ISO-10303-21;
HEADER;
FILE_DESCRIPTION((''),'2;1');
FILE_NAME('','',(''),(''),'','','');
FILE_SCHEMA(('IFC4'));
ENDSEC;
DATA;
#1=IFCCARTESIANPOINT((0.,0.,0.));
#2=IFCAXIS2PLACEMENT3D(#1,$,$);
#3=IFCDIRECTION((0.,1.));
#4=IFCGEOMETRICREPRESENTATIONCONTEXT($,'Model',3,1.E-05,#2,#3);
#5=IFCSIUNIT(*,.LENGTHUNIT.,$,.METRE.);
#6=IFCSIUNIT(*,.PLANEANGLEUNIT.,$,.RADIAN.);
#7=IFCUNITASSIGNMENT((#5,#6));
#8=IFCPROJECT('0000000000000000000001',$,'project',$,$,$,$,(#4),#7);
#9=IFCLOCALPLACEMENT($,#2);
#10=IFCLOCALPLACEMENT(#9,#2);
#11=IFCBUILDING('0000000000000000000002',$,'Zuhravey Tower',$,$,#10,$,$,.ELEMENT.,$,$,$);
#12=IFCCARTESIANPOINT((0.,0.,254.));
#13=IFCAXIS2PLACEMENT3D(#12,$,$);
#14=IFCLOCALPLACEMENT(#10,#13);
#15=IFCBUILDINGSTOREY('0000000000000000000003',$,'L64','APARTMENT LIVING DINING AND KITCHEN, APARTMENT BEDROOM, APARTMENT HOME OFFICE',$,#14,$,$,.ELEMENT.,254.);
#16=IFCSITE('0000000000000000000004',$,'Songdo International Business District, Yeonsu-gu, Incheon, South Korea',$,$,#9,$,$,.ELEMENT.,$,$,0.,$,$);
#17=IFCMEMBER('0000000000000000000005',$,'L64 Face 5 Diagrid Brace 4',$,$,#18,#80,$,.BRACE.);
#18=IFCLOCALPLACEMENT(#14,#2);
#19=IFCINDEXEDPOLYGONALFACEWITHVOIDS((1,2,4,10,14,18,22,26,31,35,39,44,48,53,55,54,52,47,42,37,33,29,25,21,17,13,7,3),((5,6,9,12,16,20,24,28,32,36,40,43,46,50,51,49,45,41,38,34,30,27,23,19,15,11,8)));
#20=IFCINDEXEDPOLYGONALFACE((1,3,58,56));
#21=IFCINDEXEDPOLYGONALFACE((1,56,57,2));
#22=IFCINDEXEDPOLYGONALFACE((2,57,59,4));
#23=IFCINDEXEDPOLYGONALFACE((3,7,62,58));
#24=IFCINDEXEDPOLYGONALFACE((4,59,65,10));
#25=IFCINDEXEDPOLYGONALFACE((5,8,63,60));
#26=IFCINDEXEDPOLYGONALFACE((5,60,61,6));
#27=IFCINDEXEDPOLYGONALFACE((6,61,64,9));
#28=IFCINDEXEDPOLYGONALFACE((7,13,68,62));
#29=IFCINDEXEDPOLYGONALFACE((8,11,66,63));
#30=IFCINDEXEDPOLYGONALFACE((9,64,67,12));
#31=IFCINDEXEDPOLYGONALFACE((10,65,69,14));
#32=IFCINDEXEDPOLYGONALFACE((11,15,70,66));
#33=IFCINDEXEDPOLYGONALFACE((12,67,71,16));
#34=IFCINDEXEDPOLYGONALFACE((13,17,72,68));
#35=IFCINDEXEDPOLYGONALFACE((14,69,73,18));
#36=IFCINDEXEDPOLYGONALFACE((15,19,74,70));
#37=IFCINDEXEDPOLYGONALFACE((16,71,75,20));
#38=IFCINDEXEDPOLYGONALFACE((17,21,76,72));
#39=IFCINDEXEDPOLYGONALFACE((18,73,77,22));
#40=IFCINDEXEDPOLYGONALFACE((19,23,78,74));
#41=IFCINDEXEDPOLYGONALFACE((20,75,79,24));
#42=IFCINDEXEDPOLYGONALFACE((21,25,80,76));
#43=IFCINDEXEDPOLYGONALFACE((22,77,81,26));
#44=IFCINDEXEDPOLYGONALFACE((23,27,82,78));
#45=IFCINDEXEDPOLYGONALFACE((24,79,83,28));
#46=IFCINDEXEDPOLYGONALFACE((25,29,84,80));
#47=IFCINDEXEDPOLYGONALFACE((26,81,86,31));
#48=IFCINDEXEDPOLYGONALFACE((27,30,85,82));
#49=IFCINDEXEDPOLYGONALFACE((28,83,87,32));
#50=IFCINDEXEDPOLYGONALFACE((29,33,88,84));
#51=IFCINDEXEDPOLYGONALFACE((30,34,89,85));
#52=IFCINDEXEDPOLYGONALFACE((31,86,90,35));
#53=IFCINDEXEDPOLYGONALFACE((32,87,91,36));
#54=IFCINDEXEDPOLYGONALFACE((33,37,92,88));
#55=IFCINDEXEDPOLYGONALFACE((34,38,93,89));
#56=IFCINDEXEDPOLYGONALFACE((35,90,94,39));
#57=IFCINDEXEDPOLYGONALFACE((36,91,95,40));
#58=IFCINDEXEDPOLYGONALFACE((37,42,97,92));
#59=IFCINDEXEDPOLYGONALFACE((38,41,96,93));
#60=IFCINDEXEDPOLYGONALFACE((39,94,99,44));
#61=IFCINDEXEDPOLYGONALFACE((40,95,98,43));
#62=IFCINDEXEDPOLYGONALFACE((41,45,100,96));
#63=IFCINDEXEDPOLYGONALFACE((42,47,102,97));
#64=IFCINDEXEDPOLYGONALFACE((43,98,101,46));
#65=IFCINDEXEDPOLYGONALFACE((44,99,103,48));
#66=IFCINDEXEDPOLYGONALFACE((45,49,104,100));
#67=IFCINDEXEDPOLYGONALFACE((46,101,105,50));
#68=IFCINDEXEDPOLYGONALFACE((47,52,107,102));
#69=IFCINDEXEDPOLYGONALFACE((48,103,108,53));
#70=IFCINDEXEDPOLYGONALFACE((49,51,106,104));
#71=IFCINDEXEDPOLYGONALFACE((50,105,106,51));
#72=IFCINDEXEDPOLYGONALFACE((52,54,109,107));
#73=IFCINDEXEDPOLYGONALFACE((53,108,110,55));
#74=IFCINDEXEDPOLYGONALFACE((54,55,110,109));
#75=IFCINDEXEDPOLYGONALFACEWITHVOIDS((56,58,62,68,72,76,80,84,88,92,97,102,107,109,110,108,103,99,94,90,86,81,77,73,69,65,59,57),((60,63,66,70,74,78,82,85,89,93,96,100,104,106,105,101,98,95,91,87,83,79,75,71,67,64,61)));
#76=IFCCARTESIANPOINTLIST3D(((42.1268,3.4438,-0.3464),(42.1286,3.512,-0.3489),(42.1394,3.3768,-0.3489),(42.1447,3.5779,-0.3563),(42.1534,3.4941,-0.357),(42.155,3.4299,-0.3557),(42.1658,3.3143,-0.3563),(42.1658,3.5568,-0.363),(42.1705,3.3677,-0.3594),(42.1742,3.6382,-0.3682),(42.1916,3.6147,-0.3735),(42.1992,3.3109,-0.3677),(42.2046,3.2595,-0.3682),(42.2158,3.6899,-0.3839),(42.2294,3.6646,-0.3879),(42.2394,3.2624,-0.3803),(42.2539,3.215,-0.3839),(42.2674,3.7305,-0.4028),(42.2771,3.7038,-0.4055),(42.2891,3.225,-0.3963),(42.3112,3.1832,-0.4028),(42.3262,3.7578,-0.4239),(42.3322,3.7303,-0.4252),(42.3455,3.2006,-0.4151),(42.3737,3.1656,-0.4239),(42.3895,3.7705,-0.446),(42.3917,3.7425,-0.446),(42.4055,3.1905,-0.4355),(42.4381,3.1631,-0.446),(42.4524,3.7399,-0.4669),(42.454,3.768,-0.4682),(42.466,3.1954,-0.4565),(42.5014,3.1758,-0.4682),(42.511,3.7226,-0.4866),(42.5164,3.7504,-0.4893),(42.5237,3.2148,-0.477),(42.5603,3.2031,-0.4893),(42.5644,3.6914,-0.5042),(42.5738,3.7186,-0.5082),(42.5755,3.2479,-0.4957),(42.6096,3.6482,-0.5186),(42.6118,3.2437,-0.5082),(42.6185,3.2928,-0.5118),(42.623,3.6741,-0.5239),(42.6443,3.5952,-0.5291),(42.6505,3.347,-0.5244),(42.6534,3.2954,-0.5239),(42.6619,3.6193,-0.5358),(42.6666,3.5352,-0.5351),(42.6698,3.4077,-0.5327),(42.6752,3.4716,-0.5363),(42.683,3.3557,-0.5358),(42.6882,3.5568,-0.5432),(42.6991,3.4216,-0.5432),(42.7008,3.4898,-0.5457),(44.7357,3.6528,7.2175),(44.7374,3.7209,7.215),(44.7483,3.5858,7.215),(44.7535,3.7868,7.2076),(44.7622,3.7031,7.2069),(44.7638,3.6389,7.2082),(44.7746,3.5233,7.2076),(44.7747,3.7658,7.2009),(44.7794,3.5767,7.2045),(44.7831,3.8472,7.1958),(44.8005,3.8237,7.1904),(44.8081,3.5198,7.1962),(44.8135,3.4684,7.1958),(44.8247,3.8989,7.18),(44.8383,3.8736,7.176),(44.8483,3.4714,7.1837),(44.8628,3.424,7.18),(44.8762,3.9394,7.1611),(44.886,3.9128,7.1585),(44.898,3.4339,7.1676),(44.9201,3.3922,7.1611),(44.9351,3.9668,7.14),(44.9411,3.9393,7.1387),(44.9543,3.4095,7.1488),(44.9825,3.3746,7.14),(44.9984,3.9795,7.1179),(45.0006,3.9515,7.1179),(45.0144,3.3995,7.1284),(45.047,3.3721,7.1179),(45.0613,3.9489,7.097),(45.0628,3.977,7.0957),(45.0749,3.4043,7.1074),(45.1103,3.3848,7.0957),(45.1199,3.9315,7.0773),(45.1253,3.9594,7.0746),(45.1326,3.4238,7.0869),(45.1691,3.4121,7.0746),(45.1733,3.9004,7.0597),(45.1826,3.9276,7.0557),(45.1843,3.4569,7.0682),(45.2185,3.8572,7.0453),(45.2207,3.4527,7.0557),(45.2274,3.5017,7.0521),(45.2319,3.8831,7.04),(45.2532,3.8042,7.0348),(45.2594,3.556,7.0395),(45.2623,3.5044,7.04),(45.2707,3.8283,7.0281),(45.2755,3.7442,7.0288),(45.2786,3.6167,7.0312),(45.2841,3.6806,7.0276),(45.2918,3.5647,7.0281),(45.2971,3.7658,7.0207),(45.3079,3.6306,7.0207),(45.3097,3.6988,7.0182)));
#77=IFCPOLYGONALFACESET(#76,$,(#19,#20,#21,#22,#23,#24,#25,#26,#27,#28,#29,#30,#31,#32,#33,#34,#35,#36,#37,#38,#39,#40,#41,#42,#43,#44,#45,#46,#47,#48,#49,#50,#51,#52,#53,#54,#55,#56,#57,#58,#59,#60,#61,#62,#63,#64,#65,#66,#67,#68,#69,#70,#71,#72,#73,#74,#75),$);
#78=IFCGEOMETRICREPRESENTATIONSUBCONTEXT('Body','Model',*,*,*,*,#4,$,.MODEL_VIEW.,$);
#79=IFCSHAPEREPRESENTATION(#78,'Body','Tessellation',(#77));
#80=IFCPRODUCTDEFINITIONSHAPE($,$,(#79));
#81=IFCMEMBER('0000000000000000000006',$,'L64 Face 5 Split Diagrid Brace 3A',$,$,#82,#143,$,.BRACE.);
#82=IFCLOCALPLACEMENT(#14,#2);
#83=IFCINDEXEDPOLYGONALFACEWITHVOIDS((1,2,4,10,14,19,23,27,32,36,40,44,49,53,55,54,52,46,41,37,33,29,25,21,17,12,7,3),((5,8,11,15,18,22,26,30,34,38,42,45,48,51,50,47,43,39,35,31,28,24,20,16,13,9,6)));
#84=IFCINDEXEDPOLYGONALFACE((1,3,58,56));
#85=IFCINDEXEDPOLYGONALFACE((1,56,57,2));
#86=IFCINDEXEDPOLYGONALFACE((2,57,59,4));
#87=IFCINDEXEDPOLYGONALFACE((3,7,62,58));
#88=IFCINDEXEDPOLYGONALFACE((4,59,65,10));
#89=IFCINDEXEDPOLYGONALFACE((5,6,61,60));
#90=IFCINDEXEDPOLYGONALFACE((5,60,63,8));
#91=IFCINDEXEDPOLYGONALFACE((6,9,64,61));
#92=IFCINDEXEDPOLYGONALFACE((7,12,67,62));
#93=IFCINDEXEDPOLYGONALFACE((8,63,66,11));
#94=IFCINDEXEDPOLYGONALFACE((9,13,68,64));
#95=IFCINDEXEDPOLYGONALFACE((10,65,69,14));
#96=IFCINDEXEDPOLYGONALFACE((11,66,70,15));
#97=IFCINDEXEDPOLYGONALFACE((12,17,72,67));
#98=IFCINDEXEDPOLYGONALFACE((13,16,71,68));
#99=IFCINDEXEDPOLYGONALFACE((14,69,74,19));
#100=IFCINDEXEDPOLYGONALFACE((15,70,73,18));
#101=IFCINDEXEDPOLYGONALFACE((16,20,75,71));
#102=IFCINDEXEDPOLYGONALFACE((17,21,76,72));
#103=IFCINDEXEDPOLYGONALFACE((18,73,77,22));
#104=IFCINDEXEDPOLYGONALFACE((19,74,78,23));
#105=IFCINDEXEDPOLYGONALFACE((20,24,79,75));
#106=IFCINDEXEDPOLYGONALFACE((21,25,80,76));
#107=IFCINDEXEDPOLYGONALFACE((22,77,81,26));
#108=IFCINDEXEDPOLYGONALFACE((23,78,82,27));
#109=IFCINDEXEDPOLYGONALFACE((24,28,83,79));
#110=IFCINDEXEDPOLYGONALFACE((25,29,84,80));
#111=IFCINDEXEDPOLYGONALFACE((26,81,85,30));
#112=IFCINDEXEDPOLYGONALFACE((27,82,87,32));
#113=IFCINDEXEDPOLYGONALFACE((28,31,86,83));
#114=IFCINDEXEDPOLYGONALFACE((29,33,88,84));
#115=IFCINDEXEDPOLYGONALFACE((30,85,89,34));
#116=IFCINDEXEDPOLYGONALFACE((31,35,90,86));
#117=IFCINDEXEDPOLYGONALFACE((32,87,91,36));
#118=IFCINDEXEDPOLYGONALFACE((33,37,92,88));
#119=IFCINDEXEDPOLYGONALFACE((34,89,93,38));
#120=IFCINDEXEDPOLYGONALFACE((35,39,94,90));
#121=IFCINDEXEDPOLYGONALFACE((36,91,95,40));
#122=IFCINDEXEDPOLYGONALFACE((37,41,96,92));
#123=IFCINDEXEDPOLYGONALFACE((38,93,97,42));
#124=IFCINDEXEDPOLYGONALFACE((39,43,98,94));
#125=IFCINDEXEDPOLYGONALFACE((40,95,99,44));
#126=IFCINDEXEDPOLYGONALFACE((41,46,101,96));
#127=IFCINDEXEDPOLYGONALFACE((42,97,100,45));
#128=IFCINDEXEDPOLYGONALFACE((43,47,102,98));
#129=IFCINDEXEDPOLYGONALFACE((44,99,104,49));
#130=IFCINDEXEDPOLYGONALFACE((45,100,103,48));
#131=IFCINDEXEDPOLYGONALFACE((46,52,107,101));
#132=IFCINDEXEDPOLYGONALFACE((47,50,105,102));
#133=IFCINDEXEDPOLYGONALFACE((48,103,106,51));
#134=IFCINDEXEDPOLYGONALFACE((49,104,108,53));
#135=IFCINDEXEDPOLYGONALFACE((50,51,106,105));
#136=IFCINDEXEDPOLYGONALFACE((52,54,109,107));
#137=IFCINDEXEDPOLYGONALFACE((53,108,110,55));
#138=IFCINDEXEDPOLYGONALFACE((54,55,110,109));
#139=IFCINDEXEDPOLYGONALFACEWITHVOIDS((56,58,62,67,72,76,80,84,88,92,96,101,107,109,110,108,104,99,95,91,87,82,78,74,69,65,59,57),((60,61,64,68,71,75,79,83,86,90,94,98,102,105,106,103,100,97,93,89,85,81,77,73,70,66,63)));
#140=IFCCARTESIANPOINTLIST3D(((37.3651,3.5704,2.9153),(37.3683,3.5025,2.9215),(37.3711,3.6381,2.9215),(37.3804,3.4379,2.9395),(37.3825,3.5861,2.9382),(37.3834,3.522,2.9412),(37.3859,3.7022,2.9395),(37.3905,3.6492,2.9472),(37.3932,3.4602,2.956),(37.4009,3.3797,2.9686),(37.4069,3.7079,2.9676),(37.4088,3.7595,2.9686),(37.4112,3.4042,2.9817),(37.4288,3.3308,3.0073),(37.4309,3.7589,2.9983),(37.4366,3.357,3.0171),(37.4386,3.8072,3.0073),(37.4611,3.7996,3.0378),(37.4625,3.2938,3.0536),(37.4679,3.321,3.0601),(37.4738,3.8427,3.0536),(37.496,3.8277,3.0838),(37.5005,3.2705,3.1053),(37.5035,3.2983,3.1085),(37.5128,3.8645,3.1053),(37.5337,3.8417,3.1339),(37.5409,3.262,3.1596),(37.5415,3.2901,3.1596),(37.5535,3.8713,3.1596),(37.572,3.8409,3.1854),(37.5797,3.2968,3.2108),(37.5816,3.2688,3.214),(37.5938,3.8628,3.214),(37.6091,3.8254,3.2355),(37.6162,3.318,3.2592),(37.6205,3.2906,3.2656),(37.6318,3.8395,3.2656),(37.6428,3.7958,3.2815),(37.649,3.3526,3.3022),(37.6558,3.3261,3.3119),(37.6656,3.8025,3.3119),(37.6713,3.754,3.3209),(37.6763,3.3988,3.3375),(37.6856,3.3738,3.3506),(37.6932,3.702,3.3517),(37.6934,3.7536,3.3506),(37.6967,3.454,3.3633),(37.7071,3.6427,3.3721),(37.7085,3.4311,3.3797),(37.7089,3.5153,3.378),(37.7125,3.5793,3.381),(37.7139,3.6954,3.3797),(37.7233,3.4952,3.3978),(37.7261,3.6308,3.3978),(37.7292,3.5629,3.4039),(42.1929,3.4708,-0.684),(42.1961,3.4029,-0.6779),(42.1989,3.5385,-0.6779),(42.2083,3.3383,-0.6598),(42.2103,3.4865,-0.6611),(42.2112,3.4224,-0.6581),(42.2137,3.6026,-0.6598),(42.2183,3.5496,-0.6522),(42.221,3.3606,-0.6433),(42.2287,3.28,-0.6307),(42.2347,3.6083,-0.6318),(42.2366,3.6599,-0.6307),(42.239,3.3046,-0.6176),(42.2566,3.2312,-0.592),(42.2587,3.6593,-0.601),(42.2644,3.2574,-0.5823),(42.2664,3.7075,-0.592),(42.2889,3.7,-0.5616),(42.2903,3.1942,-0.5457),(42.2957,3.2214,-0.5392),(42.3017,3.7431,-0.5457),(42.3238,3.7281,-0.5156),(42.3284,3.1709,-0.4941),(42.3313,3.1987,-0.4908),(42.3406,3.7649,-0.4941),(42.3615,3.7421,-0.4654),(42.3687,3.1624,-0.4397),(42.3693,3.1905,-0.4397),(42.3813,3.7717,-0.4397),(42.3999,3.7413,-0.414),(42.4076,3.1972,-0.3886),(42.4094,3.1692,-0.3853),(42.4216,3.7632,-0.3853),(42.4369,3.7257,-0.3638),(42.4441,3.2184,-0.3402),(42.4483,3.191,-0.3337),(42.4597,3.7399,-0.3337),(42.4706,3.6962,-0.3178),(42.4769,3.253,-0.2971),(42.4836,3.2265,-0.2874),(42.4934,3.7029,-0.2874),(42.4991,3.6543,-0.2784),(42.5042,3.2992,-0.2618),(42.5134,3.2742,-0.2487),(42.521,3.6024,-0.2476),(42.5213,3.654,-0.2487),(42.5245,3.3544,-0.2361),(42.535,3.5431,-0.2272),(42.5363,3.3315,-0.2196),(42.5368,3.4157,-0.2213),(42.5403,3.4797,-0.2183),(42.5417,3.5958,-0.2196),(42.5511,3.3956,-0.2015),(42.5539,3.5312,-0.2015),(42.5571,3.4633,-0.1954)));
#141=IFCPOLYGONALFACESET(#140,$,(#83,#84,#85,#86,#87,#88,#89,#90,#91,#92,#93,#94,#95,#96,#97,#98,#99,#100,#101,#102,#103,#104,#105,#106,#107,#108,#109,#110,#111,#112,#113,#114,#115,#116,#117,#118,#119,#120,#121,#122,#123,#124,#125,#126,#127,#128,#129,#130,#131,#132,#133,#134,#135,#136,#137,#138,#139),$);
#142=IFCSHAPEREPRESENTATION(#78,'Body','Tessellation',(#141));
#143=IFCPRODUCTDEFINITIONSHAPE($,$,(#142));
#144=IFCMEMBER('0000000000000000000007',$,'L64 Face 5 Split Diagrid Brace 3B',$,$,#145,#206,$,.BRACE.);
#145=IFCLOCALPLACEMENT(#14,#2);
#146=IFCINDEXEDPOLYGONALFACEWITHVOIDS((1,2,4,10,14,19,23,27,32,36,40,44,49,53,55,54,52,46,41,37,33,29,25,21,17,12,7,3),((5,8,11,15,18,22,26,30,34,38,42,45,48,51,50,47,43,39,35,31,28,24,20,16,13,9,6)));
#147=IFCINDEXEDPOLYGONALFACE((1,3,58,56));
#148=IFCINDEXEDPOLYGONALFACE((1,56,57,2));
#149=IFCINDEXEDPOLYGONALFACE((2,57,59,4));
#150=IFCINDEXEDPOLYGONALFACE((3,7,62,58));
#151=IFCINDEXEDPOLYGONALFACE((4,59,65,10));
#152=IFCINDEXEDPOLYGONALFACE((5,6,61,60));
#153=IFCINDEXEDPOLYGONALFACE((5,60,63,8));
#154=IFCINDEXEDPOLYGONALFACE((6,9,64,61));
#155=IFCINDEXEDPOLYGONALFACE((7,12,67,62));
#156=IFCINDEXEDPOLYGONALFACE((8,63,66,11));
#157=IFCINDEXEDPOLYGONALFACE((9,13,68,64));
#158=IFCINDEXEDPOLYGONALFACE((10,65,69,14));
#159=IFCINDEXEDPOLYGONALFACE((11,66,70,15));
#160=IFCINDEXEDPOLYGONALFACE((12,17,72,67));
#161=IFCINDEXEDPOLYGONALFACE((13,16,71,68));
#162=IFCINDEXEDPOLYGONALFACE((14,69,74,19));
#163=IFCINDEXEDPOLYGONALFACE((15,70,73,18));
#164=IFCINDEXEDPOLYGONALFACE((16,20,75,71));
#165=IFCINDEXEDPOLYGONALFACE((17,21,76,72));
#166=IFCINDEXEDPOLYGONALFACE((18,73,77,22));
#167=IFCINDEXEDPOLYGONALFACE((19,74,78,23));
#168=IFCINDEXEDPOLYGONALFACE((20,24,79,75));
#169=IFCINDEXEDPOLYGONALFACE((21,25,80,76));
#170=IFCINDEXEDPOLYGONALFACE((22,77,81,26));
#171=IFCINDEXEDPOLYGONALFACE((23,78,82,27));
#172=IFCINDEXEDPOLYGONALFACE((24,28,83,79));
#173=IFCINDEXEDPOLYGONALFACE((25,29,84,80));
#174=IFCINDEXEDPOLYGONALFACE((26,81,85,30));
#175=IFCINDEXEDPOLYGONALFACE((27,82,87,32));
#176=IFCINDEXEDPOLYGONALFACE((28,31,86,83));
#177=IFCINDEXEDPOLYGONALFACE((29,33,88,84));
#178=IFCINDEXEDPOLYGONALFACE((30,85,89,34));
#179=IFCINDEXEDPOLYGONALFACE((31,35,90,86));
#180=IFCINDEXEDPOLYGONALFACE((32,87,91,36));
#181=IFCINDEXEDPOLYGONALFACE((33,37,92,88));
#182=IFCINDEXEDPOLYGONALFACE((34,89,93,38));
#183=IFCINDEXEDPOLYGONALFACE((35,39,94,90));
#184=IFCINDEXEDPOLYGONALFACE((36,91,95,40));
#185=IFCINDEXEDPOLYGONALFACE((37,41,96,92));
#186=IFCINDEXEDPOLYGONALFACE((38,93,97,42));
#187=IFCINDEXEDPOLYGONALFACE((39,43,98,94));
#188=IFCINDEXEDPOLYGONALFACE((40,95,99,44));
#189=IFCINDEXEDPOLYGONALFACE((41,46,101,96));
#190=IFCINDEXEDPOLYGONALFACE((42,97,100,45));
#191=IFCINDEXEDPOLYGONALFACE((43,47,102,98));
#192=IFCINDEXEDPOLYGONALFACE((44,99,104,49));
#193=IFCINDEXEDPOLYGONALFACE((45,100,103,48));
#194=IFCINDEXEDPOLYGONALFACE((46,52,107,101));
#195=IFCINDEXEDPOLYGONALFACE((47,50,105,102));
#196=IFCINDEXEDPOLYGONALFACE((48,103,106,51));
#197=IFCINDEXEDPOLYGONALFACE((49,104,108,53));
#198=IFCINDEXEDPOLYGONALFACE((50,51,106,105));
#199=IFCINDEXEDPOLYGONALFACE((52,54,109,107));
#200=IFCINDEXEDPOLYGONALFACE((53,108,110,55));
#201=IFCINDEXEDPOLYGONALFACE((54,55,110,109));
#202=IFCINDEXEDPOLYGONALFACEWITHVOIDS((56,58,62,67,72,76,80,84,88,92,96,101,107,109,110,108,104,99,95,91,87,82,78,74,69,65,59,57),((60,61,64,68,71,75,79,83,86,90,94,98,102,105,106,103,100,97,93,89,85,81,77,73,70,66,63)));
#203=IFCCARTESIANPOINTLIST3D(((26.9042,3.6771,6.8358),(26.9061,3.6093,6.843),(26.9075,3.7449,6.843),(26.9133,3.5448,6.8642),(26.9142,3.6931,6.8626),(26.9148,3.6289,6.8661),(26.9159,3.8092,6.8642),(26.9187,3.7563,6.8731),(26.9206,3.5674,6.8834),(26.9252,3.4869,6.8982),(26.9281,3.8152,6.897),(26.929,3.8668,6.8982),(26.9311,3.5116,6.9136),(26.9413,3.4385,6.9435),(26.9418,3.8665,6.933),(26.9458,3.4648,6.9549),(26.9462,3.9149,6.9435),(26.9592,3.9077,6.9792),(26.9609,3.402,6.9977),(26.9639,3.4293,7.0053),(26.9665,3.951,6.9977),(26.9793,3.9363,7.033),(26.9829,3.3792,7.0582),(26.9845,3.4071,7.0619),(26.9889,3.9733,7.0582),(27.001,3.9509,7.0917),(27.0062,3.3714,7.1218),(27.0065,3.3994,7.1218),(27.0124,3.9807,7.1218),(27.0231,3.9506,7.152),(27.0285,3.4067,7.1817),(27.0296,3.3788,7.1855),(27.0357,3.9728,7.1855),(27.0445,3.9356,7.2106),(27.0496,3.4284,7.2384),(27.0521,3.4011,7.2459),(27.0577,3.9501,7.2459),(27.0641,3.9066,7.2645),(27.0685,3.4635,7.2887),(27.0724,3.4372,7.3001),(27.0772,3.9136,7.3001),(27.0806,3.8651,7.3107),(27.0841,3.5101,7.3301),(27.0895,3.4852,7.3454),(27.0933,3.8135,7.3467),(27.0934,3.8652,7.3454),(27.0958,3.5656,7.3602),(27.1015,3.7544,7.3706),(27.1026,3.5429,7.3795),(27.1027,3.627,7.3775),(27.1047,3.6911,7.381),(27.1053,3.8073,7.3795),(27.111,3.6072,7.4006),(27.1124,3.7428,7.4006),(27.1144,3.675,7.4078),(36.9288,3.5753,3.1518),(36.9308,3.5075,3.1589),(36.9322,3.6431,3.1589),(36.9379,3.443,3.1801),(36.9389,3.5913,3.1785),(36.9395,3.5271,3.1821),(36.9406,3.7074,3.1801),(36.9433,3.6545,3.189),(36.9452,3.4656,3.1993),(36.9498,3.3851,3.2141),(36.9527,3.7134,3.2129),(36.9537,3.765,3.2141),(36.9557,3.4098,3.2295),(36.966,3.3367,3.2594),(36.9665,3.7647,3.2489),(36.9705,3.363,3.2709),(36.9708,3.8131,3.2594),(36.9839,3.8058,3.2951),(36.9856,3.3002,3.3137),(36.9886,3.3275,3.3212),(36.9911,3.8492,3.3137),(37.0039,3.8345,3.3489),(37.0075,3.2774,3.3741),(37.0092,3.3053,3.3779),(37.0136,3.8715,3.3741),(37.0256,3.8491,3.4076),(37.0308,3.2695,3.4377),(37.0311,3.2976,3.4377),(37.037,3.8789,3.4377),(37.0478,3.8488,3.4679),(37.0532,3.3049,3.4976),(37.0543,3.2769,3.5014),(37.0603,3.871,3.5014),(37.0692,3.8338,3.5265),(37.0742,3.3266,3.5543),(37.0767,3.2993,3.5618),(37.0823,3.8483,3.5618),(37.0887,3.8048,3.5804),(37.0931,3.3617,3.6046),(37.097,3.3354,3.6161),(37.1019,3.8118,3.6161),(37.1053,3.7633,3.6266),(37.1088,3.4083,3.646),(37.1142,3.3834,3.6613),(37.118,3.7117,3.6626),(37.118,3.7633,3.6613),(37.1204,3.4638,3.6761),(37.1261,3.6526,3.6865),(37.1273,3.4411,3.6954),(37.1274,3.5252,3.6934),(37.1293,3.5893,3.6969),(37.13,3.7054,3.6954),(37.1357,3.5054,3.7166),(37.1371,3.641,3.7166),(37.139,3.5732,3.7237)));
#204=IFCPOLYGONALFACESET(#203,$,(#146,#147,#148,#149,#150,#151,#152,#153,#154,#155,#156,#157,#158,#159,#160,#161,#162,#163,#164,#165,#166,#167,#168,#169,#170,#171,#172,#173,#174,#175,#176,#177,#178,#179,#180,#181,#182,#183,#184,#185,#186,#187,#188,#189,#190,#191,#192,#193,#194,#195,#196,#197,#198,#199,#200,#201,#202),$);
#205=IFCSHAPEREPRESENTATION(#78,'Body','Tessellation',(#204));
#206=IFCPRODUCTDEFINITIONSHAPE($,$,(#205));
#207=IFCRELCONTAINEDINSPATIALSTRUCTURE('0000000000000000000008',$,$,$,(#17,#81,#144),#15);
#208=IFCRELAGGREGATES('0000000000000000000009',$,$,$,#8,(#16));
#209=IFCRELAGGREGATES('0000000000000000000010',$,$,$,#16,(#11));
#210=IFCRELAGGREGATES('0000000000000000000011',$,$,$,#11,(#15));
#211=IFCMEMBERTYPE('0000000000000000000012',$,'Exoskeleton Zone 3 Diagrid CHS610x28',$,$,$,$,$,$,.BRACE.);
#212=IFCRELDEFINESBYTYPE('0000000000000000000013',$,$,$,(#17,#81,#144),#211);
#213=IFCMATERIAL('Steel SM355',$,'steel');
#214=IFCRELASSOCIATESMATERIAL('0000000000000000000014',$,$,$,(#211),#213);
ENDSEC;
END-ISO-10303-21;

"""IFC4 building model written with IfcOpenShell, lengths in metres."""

from ifc_helpers import new_model, si_unit, direction, frame, origin, origin_2d, place, context, subcontext, project, spatial, hollow_circle, extrude, material, material_profile, profile_set, type_object, element, save


model = new_model("IFC4")

# Units and contexts
model_context = context("Model", 3, precision=1e-05, world=origin(), true_north=direction((0.0, 1.0)))
body_context = subcontext(model_context, "Body", "Model", "MODEL_VIEW")
ifc_project = project(units=[si_unit("LENGTHUNIT", "METRE"), si_unit("PLANEANGLEUNIT", "RADIAN")], contexts=[model_context])

# Site, building, storey
site_placement = place(None, origin())
site = spatial("IfcSite", under=ifc_project, at=site_placement, Name="Songdo International Business District, Yeonsu-gu, Incheon, South Korea", CompositionType="ELEMENT", RefElevation=0.0)
building_placement = place(site_placement, origin())
building = spatial("IfcBuilding", under=site, at=building_placement, Name="Zuhravey Tower", CompositionType="ELEMENT")
storey_placement = place(building_placement, frame((0.0, 0.0, 254.0)))
storey = spatial("IfcBuildingStorey", under=building, at=storey_placement, Name="L64", Description="APARTMENT LIVING DINING AND KITCHEN, APARTMENT BEDROOM, APARTMENT HOME OFFICE", CompositionType="ELEMENT", Elevation=254.0)

# Members
ifc_material_1 = material(Name="Steel SM355", Category="steel")
ifc_material_profile_1 = material_profile(ifc_material_1, hollow_circle(Radius=0.3047, WallThickness=0.0281, at=origin_2d()), Name="CHS-609.6x28")
ifc_profile_set_1 = profile_set([ifc_material_profile_1], Name="Steel SM355")
member_type_1 = type_object("IfcMemberType", Name="Exoskeleton Zone 3 Diagrid CHS610x28", PredefinedType="BRACE", material=ifc_profile_set_1)
member_1_placement = place(storey_placement, frame((42.4138, 3.4668, -0.446), z_axis=(0.325949, 0.02611, 0.945027), x_axis=(-0.079849, 0.996807, 0.0)))
element("IfcMember", 1, at=member_1_placement, inside=storey, type_object=member_type_1, Name="L64 Face 5 Diagrid Brace 4", PredefinedType="BRACE", context=body_context, shape_type="SweptSolid", body=[
    extrude(hollow_circle(Radius=0.3047, WallThickness=0.0281, at=origin_2d()), origin(), (0.0, 0.0, 1.0), 8.0039),
])
member_2_placement = place(storey_placement, frame((42.375, 3.467, -0.4397), z_axis=(-0.801604, 0.016539, 0.597626), x_axis=(-0.020628, -0.999787, 0.0)))
element("IfcMember", 2, at=member_2_placement, inside=storey, type_object=member_type_1, Name="L64 Face 5 Split Diagrid Brace 3A", PredefinedType="BRACE", context=body_context, shape_type="SweptSolid", body=[
    extrude(hollow_circle(Radius=0.3047, WallThickness=0.0281, at=origin_2d()), origin(), (0.0, 0.0, 1.0), 6.0227),
])
member_3_placement = place(storey_placement, frame((37.0339, 3.5742, 3.4377), z_axis=(-0.93858, 0.009532, 0.34493), x_axis=(-0.010155, -0.999948, 0.0)))
element("IfcMember", 3, at=member_3_placement, inside=storey, type_object=member_type_1, Name="L64 Face 5 Split Diagrid Brace 3B", PredefinedType="BRACE", context=body_context, shape_type="SweptSolid", body=[
    extrude(hollow_circle(Radius=0.3047, WallThickness=0.0281, at=origin_2d()), origin(), (0.0, 0.0, 1.0), 10.6807),
])

save(model, "model.ifc")
